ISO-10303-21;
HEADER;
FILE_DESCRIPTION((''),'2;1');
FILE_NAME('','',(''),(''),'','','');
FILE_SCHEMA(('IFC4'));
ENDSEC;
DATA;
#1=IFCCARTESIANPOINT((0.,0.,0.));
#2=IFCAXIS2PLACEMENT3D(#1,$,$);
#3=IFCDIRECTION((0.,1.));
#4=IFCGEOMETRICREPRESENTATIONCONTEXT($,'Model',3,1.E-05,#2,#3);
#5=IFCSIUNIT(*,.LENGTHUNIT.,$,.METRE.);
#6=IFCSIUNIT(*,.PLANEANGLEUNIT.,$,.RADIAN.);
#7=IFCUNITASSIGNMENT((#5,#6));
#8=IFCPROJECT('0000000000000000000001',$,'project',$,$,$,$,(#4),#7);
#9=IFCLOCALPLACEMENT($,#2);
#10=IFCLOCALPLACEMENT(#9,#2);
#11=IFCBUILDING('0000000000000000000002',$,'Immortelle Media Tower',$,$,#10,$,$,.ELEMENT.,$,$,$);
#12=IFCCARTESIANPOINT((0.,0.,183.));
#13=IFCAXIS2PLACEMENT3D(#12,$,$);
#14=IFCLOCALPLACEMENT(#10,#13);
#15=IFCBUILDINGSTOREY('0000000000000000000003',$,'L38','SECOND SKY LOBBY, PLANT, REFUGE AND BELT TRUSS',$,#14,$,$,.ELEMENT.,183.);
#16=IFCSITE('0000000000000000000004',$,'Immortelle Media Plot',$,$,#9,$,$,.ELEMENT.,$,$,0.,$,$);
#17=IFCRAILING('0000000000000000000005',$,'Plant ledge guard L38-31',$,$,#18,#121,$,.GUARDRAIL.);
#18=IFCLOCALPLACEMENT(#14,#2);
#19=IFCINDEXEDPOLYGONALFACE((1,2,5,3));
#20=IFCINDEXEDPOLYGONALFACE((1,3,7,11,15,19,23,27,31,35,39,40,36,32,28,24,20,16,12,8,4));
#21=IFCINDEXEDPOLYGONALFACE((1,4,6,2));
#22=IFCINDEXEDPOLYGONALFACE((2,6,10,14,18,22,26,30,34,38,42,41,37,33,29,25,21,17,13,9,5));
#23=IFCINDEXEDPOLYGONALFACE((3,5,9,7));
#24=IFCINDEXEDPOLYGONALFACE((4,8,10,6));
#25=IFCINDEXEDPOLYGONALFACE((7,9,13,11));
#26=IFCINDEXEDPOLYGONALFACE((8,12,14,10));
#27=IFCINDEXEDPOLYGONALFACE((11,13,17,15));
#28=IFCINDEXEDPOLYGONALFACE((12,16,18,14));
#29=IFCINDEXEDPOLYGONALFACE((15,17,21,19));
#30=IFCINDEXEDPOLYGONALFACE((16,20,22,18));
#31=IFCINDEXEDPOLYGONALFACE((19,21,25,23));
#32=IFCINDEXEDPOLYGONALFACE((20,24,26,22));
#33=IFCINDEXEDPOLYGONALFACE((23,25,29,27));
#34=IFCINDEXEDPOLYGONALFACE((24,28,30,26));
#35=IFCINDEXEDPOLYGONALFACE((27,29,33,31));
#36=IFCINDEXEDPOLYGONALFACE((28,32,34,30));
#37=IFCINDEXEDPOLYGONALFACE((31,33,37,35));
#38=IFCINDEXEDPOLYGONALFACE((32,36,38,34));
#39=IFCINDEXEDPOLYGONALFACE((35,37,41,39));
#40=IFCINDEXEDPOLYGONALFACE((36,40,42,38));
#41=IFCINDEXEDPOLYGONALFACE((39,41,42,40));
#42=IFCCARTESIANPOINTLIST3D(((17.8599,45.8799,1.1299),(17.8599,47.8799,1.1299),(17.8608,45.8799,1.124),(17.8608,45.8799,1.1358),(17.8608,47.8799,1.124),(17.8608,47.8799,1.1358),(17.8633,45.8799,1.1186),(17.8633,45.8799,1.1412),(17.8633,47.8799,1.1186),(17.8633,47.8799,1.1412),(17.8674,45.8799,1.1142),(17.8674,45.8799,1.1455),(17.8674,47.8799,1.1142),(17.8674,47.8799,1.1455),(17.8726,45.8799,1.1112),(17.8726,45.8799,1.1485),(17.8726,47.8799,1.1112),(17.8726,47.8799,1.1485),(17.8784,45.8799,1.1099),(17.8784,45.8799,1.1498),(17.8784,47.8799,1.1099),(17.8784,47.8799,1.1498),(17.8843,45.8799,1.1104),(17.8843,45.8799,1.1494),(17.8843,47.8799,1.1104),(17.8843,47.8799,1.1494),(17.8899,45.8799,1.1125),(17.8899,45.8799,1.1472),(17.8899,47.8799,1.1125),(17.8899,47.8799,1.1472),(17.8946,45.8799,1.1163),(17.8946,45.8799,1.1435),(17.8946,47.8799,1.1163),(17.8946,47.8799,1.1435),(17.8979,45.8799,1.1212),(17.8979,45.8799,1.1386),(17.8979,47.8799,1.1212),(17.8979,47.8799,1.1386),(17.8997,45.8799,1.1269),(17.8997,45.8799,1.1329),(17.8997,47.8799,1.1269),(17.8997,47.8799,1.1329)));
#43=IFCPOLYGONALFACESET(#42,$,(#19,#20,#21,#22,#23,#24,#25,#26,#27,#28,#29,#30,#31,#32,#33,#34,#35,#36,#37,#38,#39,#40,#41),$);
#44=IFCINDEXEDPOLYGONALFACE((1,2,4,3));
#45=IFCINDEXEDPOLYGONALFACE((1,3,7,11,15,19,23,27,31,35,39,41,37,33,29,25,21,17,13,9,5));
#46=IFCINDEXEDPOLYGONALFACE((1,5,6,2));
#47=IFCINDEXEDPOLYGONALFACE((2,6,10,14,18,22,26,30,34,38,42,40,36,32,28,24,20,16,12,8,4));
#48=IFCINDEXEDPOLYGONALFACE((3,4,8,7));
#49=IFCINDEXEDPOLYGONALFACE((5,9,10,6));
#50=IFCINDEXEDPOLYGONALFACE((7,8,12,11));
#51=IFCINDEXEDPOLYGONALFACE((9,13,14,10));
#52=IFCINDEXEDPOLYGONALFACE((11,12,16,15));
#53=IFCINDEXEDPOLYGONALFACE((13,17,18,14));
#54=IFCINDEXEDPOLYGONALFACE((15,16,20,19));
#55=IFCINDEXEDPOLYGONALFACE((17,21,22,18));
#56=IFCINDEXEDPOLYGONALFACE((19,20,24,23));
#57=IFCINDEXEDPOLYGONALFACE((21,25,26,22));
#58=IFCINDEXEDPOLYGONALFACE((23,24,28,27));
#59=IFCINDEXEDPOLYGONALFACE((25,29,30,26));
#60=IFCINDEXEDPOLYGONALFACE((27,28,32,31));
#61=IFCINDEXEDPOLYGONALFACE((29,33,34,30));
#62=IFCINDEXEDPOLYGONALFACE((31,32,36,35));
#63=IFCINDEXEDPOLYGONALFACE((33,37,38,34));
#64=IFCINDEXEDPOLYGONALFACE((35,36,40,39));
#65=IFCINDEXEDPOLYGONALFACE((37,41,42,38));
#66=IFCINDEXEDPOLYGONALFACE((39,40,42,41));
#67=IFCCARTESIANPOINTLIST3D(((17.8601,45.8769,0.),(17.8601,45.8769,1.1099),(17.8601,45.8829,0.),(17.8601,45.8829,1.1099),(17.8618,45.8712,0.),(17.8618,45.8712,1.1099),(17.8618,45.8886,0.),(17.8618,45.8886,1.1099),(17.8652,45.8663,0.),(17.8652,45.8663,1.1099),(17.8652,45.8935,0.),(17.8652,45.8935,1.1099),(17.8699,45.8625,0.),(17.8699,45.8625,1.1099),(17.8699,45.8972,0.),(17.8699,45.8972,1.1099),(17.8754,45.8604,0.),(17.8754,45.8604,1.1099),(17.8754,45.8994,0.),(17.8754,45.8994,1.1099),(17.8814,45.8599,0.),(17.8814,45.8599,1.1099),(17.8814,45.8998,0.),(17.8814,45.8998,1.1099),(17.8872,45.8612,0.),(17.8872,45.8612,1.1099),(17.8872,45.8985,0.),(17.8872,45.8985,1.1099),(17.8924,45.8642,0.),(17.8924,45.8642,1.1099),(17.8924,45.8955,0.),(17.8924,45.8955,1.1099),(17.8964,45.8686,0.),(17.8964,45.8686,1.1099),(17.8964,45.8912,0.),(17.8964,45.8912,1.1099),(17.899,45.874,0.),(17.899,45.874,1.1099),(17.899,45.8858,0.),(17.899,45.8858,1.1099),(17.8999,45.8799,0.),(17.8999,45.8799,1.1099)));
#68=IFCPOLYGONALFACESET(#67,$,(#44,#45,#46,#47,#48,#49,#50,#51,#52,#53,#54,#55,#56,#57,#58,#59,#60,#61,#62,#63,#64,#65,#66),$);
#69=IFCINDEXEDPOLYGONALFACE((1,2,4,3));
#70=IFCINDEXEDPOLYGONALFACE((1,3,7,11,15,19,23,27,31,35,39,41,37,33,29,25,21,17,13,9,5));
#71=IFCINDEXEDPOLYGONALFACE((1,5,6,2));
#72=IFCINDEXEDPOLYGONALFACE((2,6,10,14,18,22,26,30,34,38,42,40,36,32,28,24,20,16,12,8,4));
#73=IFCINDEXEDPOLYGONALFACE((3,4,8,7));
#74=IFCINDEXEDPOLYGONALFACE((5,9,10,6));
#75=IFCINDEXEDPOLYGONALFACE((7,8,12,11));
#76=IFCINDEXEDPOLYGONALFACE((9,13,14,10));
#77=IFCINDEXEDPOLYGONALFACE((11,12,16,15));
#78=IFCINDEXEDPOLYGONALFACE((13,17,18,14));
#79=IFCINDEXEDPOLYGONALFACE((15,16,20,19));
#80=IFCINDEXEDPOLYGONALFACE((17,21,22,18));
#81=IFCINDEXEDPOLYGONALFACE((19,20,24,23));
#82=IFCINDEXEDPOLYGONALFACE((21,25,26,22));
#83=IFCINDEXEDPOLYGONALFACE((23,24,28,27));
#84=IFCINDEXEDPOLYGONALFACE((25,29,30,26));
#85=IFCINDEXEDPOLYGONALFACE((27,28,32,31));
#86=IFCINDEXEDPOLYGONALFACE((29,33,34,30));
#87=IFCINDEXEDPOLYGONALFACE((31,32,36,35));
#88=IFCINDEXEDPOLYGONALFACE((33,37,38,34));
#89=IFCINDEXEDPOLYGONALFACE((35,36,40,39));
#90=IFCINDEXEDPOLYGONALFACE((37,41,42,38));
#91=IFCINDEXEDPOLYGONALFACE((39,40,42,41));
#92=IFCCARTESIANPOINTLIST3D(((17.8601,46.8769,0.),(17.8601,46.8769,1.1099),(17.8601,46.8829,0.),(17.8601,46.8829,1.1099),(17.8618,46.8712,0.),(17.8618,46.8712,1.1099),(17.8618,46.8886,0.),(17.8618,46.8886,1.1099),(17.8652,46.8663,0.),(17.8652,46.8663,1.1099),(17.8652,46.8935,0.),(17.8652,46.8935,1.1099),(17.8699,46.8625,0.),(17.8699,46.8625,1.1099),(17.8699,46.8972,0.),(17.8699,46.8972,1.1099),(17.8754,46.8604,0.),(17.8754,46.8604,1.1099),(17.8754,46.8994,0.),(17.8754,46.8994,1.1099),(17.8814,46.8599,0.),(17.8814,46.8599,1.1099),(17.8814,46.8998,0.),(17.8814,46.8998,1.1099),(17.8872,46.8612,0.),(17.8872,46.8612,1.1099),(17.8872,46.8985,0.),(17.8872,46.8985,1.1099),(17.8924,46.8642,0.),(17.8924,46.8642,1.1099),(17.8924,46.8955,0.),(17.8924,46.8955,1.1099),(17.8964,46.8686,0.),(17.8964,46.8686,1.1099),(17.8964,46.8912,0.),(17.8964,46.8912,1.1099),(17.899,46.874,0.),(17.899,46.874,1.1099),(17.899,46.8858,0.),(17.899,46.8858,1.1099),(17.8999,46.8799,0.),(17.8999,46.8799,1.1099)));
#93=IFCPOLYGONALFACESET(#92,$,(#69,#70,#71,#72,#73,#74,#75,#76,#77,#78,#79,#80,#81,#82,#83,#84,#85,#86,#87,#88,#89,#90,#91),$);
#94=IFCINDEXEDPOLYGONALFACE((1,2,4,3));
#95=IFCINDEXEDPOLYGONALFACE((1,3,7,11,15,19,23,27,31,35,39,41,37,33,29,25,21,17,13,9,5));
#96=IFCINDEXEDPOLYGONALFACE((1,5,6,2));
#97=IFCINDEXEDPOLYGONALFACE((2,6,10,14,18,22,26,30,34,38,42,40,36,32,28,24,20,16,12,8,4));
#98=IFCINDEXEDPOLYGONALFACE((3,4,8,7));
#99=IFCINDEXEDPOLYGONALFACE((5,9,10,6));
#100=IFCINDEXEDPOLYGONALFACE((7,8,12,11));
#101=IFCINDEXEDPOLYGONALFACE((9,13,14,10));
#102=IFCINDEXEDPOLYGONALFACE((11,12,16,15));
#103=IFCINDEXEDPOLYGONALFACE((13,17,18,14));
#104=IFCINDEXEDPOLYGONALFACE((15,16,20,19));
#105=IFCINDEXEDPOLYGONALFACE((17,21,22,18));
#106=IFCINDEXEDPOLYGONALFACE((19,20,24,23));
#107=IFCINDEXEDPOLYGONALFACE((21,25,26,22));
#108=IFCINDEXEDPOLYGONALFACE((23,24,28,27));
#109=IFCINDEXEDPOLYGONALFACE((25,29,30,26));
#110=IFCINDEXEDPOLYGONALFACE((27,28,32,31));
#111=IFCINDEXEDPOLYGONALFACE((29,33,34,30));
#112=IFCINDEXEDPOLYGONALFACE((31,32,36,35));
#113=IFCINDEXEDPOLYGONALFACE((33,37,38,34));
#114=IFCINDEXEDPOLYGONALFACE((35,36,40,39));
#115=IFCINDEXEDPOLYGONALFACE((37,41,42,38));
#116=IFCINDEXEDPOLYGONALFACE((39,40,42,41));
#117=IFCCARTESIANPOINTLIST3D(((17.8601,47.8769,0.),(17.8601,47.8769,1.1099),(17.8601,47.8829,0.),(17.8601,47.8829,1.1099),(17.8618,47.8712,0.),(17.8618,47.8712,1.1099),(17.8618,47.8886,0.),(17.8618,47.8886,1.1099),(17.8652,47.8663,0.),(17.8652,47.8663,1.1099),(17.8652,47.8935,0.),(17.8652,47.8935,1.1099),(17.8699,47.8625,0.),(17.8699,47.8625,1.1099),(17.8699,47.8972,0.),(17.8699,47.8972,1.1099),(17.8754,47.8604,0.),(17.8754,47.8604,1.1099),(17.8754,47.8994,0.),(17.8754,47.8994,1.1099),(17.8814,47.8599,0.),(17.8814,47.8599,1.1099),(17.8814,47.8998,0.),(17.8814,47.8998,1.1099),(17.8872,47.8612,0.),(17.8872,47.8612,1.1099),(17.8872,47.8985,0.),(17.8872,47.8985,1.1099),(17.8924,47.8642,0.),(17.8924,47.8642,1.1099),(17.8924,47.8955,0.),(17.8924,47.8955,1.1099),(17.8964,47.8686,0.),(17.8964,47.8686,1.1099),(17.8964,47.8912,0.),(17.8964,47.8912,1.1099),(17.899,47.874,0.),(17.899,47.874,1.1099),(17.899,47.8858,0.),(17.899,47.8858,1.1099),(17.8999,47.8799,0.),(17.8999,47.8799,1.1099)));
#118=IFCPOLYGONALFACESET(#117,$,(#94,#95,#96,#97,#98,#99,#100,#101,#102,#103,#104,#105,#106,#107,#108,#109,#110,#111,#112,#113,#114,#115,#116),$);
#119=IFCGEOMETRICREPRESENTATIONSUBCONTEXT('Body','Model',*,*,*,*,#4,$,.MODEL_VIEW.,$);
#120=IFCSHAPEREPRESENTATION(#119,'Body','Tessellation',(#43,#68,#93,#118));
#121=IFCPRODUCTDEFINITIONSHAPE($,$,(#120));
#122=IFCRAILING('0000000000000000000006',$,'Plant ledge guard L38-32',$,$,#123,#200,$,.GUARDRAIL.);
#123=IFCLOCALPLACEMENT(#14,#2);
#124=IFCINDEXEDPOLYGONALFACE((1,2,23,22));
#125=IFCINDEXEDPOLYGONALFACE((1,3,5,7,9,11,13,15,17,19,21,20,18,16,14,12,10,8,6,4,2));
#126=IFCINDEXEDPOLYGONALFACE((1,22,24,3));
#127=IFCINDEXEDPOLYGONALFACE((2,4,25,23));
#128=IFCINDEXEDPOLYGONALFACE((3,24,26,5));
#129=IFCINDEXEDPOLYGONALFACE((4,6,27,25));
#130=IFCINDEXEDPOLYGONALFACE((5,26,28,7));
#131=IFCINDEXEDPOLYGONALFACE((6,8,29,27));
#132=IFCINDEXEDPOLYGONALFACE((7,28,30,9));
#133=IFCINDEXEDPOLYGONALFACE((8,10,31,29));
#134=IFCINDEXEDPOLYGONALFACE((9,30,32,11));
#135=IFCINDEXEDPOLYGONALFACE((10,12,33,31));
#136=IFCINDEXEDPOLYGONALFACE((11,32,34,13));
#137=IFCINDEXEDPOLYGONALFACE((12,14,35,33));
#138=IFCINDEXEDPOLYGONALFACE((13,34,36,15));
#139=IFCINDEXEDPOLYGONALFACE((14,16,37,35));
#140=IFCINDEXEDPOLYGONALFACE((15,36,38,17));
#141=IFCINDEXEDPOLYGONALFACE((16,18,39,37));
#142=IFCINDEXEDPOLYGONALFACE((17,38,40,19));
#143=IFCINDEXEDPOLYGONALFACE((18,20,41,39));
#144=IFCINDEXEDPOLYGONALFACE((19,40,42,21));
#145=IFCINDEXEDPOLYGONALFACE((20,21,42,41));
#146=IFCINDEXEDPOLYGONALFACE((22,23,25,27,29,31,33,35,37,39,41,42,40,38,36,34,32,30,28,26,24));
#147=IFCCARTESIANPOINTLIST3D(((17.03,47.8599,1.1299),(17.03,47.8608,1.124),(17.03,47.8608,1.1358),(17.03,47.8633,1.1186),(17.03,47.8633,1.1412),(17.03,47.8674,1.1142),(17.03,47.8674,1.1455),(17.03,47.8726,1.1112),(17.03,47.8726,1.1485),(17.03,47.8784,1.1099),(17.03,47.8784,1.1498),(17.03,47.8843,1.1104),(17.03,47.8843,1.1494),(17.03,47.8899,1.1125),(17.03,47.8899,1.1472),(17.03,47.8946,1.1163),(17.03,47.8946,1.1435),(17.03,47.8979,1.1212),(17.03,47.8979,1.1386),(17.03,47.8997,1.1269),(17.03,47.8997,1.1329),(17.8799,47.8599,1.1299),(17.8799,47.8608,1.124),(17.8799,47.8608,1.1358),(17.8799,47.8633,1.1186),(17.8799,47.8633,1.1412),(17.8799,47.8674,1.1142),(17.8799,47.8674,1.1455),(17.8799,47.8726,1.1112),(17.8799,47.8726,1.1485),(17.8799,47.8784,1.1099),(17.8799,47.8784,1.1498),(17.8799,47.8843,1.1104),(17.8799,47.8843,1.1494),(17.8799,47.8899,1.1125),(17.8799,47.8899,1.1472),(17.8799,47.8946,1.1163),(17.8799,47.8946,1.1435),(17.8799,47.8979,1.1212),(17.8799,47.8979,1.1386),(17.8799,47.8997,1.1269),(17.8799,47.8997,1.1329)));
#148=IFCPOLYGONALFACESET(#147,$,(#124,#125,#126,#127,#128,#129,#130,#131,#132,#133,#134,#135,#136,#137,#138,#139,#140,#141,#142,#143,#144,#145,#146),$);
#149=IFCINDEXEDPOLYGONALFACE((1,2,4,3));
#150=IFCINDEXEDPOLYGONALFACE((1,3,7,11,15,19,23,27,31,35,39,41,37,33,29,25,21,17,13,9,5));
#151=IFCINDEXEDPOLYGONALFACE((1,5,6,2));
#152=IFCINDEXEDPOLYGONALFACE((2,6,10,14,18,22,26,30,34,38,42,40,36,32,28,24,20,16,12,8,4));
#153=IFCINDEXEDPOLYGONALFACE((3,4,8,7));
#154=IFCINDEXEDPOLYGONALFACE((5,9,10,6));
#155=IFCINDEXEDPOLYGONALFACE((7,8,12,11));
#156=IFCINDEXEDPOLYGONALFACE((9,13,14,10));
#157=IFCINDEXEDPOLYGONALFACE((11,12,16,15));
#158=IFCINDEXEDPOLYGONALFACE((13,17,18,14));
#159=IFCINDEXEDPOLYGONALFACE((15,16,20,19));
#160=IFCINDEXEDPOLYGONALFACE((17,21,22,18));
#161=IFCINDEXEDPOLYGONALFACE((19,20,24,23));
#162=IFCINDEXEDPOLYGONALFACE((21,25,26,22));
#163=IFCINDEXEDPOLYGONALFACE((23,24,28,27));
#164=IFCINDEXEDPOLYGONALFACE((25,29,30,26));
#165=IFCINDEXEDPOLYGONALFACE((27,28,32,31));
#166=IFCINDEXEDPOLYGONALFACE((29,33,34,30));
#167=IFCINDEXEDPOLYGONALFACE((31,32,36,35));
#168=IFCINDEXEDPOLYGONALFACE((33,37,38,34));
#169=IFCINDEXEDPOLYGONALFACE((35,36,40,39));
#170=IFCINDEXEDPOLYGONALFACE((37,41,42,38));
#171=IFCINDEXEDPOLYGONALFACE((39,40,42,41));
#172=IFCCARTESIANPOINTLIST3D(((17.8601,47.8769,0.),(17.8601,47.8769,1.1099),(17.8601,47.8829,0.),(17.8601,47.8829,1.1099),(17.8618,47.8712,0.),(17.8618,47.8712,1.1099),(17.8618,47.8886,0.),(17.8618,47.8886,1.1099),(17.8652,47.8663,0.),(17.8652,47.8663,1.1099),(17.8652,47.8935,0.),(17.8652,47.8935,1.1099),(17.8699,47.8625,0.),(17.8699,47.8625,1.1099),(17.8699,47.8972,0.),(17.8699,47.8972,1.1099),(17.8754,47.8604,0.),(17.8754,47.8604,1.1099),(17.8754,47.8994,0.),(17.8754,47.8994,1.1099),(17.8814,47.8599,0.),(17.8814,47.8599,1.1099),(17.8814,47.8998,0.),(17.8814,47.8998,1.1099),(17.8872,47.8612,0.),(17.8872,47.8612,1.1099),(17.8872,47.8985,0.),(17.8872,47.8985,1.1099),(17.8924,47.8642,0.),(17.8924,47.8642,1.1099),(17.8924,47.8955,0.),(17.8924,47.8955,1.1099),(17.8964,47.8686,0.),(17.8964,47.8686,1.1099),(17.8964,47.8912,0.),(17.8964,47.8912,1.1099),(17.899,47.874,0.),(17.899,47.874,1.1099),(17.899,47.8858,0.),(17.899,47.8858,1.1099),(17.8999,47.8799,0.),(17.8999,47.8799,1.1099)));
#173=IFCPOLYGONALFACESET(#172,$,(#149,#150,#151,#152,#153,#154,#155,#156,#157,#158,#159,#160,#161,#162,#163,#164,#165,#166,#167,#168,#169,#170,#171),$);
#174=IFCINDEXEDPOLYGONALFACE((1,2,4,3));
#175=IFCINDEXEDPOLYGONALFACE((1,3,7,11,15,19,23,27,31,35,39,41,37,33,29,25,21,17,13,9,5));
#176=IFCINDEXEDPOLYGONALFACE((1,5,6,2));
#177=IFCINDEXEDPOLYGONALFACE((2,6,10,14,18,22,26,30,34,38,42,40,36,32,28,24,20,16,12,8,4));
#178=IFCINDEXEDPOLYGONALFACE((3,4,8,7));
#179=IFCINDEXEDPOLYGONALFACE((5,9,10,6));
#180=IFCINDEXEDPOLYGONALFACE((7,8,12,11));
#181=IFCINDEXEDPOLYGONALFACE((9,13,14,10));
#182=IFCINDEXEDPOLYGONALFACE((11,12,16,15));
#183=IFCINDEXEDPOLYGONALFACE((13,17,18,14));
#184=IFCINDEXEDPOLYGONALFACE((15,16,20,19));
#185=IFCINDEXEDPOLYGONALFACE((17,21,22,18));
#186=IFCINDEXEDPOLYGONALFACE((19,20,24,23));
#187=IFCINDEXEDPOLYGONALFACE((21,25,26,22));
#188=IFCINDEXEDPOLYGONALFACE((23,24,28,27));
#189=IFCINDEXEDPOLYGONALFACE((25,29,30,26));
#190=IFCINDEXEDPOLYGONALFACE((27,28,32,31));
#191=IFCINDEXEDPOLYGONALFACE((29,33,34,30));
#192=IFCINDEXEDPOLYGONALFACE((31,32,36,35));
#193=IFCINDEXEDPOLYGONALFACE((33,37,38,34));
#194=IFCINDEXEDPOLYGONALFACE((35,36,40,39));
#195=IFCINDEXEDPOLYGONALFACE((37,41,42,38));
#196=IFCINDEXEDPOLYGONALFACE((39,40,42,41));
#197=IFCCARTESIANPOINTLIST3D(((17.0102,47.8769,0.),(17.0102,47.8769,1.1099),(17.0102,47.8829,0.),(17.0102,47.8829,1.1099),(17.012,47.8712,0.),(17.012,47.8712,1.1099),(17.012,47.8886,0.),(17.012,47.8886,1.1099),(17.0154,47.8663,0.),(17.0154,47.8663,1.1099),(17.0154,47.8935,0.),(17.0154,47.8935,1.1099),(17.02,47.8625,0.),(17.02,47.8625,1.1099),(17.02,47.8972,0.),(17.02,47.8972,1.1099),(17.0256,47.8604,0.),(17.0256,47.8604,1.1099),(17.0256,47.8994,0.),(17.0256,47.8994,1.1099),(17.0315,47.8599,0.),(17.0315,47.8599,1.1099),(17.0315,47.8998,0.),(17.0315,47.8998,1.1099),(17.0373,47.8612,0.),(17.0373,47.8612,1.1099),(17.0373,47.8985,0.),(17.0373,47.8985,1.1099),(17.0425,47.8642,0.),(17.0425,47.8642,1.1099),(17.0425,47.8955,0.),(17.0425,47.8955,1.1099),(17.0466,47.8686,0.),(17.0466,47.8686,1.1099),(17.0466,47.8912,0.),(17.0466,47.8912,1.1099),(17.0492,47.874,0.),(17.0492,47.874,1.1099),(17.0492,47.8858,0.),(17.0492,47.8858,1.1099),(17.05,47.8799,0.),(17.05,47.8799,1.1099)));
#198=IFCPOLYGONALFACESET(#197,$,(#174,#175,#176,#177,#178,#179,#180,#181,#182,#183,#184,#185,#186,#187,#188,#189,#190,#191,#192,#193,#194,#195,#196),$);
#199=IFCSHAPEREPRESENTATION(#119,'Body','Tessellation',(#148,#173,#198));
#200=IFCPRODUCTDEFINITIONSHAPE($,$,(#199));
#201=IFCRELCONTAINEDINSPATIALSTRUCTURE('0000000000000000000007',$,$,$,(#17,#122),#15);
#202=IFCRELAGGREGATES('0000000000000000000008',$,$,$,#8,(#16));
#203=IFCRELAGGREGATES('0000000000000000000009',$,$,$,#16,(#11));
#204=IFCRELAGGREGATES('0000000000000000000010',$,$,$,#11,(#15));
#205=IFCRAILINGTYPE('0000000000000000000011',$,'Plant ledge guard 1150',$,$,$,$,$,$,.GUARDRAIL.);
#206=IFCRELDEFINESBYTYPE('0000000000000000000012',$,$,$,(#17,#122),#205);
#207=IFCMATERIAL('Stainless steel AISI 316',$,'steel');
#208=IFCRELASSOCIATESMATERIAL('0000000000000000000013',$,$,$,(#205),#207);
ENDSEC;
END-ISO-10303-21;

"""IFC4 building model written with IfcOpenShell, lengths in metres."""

from ifc_helpers import new_model, si_unit, direction, frame, origin, origin_2d, place, context, subcontext, project, spatial, circle, extrude, material, type_object, element, save


model = new_model("IFC4")

# Units and contexts
model_context = context("Model", 3, precision=1e-05, world=origin(), true_north=direction((0.0, 1.0)))
body_context = subcontext(model_context, "Body", "Model", "MODEL_VIEW")
ifc_project = project(units=[si_unit("LENGTHUNIT", "METRE"), si_unit("PLANEANGLEUNIT", "RADIAN")], contexts=[model_context])

# Site, building, storey
site_placement = place(None, origin())
site = spatial("IfcSite", under=ifc_project, at=site_placement, Name="Immortelle Media Plot", CompositionType="ELEMENT", RefElevation=0.0)
building_placement = place(site_placement, origin())
building = spatial("IfcBuilding", under=site, at=building_placement, Name="Immortelle Media Tower", CompositionType="ELEMENT")
storey_placement = place(building_placement, frame((0.0, 0.0, 183.0)))
storey = spatial("IfcBuildingStorey", under=building, at=storey_placement, Name="L38", Description="SECOND SKY LOBBY, PLANT, REFUGE AND BELT TRUSS", CompositionType="ELEMENT", Elevation=183.0)

# Railings
ifc_material_1 = material(Name="Stainless steel AISI 316", Category="steel")
railing_type = type_object("IfcRailingType", Name="Plant ledge guard 1150", PredefinedType="GUARDRAIL", material=ifc_material_1)
railing_1_placement = place(storey_placement, frame((17.8799, 45.8799, 0.0)))
element("IfcRailing", 1, at=railing_1_placement, inside=storey, type_object=railing_type, Name="Plant ledge guard L38-31", PredefinedType="GUARDRAIL", context=body_context, shape_type="SweptSolid", body=[
    extrude(circle(Radius=0.02, at=origin_2d()), frame((0.0, 0.0, 1.1299), z_axis=(0.0, 1.0, 0.0), x_axis=(-1.0, 0.0, 0.0)), (0.0, 0.0, 1.0), 2.0),
    extrude(circle(Radius=0.02, at=origin_2d()), origin(), (0.0, 0.0, 1.0), 1.1099),
    extrude(circle(Radius=0.02, at=origin_2d()), frame((0.0, 1.0, 0.0)), (0.0, 0.0, 1.0), 1.1099),
    extrude(circle(Radius=0.02, at=origin_2d()), frame((0.0, 2.0, 0.0)), (0.0, 0.0, 1.0), 1.1099),
])
railing_2_placement = place(storey_placement, frame((17.8799, 47.8799, 0.0)))
element("IfcRailing", 2, at=railing_2_placement, inside=storey, type_object=railing_type, Name="Plant ledge guard L38-32", PredefinedType="GUARDRAIL", context=body_context, shape_type="SweptSolid", body=[
    extrude(circle(Radius=0.02, at=origin_2d()), frame((0.0, 0.0, 1.1299), z_axis=(-1.0, 0.0, 0.0), x_axis=(0.0, -1.0, 0.0)), (0.0, 0.0, 1.0), 0.8499),
    extrude(circle(Radius=0.02, at=origin_2d()), origin(), (0.0, 0.0, 1.0), 1.1099),
    extrude(circle(Radius=0.02, at=origin_2d()), frame((-0.8499, 0.0, 0.0)), (0.0, 0.0, 1.0), 1.1099),
])

save(model, "model.ifc")
